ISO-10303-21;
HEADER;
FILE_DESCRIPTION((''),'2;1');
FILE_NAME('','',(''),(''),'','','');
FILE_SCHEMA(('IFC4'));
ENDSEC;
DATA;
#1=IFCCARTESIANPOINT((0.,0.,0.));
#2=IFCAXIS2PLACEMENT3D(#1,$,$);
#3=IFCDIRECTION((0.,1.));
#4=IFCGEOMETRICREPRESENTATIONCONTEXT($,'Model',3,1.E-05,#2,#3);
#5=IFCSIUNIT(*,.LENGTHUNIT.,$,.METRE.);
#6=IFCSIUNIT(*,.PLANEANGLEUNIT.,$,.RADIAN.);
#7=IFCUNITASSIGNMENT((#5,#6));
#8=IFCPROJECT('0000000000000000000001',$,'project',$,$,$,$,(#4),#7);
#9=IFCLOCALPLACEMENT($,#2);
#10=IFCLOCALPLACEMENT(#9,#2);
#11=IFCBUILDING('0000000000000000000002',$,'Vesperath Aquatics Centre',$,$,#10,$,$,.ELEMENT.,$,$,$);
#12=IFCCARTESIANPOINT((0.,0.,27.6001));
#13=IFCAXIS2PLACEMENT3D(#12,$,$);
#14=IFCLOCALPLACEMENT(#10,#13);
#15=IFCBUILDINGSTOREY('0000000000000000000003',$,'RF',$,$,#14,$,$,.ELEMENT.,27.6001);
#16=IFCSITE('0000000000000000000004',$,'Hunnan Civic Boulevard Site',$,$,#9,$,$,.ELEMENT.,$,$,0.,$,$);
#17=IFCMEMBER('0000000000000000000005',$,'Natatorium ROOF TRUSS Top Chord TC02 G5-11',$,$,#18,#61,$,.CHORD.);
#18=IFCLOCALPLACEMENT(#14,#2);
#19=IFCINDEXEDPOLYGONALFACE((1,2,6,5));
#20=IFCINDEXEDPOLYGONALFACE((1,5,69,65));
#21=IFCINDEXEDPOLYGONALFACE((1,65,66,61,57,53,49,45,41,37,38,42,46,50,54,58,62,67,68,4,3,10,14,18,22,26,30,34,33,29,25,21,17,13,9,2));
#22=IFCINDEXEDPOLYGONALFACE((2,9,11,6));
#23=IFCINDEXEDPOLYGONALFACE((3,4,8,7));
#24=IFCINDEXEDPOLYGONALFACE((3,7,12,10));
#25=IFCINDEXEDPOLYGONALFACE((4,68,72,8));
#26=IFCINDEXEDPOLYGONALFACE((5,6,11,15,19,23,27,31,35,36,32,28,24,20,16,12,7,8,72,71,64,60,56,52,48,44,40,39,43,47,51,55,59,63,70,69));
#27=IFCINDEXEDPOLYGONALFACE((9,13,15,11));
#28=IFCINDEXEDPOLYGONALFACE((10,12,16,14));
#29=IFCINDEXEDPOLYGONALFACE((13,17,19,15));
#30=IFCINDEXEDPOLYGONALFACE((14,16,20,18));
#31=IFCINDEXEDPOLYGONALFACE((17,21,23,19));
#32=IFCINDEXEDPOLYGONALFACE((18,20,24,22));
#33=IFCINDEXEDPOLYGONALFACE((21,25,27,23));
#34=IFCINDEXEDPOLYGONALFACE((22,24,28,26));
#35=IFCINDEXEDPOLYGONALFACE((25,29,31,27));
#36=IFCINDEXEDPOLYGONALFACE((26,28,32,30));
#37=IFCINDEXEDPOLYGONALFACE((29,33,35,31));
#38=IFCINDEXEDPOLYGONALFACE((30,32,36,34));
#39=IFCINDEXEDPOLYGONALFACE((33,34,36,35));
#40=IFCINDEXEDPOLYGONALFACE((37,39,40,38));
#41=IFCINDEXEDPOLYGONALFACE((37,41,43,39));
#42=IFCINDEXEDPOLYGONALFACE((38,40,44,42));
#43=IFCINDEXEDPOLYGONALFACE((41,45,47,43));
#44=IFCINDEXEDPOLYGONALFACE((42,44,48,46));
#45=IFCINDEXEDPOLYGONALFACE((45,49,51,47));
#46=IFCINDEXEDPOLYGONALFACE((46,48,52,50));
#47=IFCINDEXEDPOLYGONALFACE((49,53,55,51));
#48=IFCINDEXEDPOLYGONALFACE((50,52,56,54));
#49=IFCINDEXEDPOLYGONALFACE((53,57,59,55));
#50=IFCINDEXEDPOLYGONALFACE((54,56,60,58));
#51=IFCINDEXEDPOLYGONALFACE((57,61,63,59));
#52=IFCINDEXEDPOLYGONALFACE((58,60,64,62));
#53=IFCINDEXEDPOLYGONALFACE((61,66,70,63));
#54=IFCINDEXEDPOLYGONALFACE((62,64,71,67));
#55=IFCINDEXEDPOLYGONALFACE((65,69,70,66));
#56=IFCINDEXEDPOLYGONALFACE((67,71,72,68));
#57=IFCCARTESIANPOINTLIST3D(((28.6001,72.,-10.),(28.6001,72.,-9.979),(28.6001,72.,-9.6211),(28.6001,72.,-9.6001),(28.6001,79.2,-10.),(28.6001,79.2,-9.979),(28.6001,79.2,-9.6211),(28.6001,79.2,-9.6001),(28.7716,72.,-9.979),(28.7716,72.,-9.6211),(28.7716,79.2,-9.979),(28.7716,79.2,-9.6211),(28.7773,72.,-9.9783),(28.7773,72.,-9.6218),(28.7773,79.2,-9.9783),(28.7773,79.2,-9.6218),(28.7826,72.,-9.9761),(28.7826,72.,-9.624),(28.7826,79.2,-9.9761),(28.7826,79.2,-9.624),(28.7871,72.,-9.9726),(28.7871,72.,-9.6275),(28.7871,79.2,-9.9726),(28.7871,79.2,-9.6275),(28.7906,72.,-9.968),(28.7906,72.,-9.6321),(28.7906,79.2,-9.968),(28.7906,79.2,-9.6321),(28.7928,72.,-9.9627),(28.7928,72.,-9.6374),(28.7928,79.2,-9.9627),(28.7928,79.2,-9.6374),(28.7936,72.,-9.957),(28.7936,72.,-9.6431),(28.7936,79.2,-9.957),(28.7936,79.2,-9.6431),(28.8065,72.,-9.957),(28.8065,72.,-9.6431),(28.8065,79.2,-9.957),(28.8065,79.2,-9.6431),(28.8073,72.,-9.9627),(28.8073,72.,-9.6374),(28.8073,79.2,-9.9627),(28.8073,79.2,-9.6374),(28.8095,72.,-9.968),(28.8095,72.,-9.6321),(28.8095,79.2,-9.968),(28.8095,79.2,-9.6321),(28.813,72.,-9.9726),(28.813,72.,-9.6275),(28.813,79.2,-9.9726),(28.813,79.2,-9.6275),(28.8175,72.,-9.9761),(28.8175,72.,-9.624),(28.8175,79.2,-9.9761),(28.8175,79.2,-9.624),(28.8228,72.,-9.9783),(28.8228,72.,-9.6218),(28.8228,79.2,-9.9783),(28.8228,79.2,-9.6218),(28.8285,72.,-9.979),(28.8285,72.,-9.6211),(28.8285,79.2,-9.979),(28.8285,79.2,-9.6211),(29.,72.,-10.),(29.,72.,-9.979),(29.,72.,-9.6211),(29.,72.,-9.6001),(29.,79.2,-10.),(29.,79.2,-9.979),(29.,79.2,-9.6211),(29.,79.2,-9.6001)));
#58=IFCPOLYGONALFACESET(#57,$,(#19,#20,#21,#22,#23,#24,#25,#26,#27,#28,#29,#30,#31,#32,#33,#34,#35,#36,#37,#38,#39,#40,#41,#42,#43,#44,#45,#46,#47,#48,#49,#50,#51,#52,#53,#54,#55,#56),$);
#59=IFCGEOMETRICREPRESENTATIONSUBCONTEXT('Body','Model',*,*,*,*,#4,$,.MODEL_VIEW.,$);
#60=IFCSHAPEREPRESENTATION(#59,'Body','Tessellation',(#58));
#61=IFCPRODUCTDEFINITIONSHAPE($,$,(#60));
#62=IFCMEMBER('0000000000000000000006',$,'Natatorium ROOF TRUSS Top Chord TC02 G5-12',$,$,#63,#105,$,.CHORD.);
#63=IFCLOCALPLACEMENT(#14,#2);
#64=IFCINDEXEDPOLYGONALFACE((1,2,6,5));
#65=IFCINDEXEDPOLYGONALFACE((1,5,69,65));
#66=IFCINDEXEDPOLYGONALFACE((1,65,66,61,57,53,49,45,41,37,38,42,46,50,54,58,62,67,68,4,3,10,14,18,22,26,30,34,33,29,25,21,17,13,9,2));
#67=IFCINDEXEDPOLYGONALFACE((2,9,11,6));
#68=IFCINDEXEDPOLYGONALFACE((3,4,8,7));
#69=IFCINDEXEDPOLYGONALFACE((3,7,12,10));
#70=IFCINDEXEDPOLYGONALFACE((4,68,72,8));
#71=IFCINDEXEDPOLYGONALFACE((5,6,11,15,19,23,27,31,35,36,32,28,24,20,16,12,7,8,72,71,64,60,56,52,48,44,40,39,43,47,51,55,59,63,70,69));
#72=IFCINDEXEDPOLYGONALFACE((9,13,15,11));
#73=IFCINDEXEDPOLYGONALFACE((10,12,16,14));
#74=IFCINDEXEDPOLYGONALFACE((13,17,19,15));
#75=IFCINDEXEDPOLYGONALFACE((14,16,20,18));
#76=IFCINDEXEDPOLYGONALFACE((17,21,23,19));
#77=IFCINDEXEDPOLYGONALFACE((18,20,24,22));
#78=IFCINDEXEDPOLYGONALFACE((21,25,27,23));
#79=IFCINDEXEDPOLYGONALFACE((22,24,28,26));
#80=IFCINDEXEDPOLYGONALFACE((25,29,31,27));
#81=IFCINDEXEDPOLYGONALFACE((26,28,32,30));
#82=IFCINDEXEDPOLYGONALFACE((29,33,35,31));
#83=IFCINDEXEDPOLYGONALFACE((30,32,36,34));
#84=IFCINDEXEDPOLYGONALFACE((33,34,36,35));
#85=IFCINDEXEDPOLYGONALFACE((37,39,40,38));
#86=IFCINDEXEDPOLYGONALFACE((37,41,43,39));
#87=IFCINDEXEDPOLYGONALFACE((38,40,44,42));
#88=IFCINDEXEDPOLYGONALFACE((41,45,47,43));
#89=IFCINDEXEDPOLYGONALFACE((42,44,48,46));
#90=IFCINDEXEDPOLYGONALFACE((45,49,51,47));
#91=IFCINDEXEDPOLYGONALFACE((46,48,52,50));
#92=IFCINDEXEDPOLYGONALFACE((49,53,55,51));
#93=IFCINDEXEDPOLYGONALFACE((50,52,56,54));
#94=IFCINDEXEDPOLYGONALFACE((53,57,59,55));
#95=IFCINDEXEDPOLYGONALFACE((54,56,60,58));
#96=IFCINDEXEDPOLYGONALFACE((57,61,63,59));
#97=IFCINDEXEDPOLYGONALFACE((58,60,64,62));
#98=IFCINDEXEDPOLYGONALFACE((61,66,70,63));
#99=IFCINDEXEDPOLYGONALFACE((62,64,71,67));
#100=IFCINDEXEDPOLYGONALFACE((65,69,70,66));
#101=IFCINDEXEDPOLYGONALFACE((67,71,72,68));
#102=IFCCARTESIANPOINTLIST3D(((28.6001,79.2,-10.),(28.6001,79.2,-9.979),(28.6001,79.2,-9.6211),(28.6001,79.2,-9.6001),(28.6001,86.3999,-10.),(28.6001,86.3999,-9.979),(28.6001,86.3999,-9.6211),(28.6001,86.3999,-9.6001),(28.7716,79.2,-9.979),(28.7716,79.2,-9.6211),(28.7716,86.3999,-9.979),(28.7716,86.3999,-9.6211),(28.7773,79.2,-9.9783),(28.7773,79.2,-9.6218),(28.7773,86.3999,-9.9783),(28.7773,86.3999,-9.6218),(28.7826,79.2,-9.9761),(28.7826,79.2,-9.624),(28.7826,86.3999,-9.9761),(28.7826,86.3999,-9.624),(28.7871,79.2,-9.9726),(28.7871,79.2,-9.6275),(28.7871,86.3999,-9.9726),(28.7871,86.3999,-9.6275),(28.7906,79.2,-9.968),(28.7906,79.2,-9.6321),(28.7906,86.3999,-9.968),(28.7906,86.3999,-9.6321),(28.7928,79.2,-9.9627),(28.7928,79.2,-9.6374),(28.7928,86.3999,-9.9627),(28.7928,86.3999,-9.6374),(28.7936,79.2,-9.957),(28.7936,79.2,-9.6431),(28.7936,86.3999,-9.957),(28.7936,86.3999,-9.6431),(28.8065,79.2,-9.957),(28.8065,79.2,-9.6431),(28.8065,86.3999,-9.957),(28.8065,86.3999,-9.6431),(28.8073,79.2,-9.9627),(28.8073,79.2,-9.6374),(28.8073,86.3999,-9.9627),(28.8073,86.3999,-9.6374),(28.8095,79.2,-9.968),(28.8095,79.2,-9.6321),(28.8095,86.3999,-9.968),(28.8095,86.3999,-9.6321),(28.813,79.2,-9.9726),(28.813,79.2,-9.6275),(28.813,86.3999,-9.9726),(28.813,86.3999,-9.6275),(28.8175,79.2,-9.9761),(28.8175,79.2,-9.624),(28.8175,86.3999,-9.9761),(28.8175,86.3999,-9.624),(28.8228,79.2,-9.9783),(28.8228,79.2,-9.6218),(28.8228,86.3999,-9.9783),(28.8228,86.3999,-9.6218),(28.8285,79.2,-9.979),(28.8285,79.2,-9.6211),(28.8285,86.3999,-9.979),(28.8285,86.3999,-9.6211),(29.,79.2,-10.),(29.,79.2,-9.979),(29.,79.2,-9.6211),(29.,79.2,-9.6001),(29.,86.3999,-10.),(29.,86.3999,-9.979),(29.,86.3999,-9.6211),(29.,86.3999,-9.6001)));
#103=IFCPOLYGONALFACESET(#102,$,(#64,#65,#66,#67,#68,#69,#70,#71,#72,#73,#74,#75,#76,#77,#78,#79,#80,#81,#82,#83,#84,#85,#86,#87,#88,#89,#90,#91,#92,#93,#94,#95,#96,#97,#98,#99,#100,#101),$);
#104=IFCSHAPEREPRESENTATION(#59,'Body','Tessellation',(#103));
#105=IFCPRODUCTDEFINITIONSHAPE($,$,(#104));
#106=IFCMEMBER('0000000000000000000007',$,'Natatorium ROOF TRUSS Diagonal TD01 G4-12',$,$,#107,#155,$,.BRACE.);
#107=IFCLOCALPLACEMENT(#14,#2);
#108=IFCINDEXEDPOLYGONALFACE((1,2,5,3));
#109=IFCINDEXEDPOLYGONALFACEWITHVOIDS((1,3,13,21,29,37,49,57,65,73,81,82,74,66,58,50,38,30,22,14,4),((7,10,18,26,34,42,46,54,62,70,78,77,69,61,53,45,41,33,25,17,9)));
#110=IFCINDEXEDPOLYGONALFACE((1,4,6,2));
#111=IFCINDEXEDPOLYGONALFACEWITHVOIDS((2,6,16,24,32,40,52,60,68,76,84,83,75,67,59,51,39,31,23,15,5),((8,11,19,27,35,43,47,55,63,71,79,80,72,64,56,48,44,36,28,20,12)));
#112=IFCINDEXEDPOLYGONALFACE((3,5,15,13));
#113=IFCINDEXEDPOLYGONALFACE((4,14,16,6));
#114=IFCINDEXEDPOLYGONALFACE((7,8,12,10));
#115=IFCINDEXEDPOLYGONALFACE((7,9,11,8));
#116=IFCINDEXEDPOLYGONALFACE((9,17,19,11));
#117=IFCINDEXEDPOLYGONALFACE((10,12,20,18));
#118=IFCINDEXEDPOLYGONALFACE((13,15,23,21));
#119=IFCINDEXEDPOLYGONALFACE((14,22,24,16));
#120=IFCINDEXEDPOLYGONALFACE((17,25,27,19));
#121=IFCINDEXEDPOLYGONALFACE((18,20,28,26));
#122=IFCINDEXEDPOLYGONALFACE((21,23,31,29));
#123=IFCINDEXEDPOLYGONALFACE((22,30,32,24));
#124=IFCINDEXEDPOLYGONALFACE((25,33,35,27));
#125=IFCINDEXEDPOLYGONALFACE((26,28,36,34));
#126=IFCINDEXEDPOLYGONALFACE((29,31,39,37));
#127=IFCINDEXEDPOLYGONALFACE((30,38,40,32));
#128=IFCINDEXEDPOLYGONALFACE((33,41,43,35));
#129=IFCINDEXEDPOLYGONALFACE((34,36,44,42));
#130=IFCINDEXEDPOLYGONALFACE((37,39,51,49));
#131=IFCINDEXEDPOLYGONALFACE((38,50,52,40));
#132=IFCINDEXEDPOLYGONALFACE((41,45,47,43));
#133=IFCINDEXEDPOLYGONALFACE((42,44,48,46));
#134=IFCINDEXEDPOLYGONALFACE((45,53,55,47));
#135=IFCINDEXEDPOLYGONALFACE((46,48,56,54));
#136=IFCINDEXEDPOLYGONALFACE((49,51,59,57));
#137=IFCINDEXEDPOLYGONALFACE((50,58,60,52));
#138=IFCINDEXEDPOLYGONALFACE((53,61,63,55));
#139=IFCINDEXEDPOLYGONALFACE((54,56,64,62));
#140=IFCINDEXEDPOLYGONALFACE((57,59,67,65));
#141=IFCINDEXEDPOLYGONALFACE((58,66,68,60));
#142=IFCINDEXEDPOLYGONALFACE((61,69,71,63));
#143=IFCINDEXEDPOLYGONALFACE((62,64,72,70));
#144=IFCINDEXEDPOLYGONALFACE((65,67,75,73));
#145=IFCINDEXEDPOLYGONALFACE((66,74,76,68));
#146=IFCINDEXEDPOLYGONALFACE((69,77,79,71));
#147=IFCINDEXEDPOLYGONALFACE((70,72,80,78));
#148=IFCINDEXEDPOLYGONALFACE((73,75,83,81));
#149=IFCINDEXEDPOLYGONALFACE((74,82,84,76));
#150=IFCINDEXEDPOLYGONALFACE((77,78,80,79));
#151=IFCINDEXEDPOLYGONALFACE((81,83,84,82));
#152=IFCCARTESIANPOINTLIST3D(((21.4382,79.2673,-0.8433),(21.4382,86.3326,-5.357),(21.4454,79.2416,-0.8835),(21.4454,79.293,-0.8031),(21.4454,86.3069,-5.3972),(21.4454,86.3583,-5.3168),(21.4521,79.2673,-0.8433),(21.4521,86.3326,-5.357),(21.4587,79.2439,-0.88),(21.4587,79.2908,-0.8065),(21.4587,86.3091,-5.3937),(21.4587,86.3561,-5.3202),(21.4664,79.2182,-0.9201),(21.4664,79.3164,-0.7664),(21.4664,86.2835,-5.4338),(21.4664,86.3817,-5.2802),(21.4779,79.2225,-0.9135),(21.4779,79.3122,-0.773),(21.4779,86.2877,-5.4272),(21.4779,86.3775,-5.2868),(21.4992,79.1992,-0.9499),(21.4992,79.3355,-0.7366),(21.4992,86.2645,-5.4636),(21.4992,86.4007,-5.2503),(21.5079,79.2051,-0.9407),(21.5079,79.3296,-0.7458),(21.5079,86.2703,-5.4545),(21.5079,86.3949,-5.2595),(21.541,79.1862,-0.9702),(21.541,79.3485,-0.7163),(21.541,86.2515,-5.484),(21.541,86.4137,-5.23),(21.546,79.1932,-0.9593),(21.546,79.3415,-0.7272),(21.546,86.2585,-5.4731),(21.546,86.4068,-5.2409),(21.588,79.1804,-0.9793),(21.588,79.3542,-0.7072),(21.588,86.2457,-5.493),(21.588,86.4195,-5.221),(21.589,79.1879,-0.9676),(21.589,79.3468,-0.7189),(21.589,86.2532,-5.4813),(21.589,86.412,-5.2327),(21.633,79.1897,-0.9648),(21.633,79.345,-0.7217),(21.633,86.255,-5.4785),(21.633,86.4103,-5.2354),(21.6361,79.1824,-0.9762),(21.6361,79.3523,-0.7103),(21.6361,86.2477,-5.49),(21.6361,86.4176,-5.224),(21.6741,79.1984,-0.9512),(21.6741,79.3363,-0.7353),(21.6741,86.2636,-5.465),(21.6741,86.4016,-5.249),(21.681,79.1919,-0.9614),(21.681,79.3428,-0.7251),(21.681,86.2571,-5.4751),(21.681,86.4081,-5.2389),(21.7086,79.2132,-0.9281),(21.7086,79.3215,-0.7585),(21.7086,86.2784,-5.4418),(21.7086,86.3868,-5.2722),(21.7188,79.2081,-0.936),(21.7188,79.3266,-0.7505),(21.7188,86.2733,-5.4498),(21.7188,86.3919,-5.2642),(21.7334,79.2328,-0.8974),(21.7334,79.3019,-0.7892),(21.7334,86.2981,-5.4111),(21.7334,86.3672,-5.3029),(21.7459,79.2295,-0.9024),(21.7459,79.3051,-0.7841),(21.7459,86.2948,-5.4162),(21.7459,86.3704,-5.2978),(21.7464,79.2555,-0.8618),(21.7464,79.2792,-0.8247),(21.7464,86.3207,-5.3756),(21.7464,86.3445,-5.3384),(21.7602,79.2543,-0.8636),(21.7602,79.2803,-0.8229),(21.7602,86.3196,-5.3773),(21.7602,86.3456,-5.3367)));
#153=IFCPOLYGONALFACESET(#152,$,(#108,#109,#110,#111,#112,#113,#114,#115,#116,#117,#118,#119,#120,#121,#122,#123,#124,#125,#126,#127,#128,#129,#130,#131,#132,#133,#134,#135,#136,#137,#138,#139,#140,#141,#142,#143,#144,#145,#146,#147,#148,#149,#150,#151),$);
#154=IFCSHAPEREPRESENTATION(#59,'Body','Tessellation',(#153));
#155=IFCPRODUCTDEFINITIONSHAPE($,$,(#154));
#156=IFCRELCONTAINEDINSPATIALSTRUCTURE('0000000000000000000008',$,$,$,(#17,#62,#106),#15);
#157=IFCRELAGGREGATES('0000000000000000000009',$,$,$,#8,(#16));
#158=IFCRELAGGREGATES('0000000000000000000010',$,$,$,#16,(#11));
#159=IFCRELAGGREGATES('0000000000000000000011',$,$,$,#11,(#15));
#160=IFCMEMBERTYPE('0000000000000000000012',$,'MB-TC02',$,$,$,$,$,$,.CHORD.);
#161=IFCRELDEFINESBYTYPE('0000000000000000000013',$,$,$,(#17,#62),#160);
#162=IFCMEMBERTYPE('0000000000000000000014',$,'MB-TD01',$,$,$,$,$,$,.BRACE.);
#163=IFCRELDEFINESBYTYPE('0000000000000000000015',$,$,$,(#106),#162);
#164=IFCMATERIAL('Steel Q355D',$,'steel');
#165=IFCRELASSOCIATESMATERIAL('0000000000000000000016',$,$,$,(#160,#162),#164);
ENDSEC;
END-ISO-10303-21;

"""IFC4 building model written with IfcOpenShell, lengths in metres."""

from ifc_helpers import new_model, si_unit, direction, frame, origin, origin_2d, place, context, subcontext, project, spatial, hollow_circle, i_section, extrude, material, material_profile, profile_set, type_object, element, save


model = new_model("IFC4")

# Units and contexts
model_context = context("Model", 3, precision=1e-05, world=origin(), true_north=direction((0.0, 1.0)))
body_context = subcontext(model_context, "Body", "Model", "MODEL_VIEW")
ifc_project = project(units=[si_unit("LENGTHUNIT", "METRE"), si_unit("PLANEANGLEUNIT", "RADIAN")], contexts=[model_context])

# Site, building, storey
site_placement = place(None, origin())
site = spatial("IfcSite", under=ifc_project, at=site_placement, Name="Hunnan Civic Boulevard Site", CompositionType="ELEMENT", RefElevation=0.0)
building_placement = place(site_placement, origin())
building = spatial("IfcBuilding", under=site, at=building_placement, Name="Vesperath Aquatics Centre", CompositionType="ELEMENT")
storey_placement = place(building_placement, frame((0.0, 0.0, 27.6001)))
storey = spatial("IfcBuildingStorey", under=building, at=storey_placement, Name="RF", CompositionType="ELEMENT", Elevation=27.6001)

# Members
ifc_material_1 = material(Name="Steel Q355D", Category="steel")
ifc_material_profile_1 = material_profile(ifc_material_1, i_section(OverallWidth=0.3999, OverallDepth=0.3999, WebThickness=0.0129, FlangeThickness=0.021, FilletRadius=0.022, at=origin_2d()), Name="HW 400x400x13x21")
ifc_profile_set_1 = profile_set([ifc_material_profile_1], Name="Steel Q355D")
member_type_1 = type_object("IfcMemberType", Name="MB-TC02", PredefinedType="CHORD", material=ifc_profile_set_1)
for number, where, z_axis, x_axis, name in (
    (1, (28.8, 72.0, -9.8), (0.0, 1.0, 0.0), (-1.0, 0.0, 0.0), "Natatorium ROOF TRUSS Top Chord TC02 G5-11"),
    (2, (28.8, 79.2, -9.8), (0.0, 1.0, 0.0), (-1.0, 0.0, 0.0), "Natatorium ROOF TRUSS Top Chord TC02 G5-12"),
):
    element("IfcMember", number, at=place(storey_placement, frame(where, z_axis=z_axis, x_axis=x_axis)), inside=storey, type_object=member_type_1, Name=name, PredefinedType="CHORD", context=body_context, shape_type="SweptSolid", body=[
        extrude(i_section(OverallWidth=0.3999, OverallDepth=0.3999, WebThickness=0.0129, FlangeThickness=0.021, FilletRadius=0.022, at=origin_2d()), origin(), (0.0, 0.0, 1.0), 7.2),
    ])
ifc_material_profile_2 = material_profile(ifc_material_1, hollow_circle(Radius=0.1619, WallThickness=0.0139, at=origin_2d()), Name="CHS 323.9x14")
ifc_profile_set_2 = profile_set([ifc_material_profile_2], Name="Steel Q355D")
member_type_2 = type_object("IfcMemberType", Name="MB-TD01", PredefinedType="BRACE", material=ifc_profile_set_2)
member_1_placement = place(storey_placement, frame((21.6001, 79.2673, -0.8433), z_axis=(0.0, 0.842707, -0.538373), x_axis=(-1.0, 0.0, 0.0)))
element("IfcMember", 3, at=member_1_placement, inside=storey, type_object=member_type_2, Name="Natatorium ROOF TRUSS Diagonal TD01 G4-12", PredefinedType="BRACE", context=body_context, shape_type="SweptSolid", body=[
    extrude(hollow_circle(Radius=0.1619, WallThickness=0.0139, at=origin_2d()), origin(), (0.0, 0.0, 1.0), 8.384),
])

save(model, "model.ifc")
